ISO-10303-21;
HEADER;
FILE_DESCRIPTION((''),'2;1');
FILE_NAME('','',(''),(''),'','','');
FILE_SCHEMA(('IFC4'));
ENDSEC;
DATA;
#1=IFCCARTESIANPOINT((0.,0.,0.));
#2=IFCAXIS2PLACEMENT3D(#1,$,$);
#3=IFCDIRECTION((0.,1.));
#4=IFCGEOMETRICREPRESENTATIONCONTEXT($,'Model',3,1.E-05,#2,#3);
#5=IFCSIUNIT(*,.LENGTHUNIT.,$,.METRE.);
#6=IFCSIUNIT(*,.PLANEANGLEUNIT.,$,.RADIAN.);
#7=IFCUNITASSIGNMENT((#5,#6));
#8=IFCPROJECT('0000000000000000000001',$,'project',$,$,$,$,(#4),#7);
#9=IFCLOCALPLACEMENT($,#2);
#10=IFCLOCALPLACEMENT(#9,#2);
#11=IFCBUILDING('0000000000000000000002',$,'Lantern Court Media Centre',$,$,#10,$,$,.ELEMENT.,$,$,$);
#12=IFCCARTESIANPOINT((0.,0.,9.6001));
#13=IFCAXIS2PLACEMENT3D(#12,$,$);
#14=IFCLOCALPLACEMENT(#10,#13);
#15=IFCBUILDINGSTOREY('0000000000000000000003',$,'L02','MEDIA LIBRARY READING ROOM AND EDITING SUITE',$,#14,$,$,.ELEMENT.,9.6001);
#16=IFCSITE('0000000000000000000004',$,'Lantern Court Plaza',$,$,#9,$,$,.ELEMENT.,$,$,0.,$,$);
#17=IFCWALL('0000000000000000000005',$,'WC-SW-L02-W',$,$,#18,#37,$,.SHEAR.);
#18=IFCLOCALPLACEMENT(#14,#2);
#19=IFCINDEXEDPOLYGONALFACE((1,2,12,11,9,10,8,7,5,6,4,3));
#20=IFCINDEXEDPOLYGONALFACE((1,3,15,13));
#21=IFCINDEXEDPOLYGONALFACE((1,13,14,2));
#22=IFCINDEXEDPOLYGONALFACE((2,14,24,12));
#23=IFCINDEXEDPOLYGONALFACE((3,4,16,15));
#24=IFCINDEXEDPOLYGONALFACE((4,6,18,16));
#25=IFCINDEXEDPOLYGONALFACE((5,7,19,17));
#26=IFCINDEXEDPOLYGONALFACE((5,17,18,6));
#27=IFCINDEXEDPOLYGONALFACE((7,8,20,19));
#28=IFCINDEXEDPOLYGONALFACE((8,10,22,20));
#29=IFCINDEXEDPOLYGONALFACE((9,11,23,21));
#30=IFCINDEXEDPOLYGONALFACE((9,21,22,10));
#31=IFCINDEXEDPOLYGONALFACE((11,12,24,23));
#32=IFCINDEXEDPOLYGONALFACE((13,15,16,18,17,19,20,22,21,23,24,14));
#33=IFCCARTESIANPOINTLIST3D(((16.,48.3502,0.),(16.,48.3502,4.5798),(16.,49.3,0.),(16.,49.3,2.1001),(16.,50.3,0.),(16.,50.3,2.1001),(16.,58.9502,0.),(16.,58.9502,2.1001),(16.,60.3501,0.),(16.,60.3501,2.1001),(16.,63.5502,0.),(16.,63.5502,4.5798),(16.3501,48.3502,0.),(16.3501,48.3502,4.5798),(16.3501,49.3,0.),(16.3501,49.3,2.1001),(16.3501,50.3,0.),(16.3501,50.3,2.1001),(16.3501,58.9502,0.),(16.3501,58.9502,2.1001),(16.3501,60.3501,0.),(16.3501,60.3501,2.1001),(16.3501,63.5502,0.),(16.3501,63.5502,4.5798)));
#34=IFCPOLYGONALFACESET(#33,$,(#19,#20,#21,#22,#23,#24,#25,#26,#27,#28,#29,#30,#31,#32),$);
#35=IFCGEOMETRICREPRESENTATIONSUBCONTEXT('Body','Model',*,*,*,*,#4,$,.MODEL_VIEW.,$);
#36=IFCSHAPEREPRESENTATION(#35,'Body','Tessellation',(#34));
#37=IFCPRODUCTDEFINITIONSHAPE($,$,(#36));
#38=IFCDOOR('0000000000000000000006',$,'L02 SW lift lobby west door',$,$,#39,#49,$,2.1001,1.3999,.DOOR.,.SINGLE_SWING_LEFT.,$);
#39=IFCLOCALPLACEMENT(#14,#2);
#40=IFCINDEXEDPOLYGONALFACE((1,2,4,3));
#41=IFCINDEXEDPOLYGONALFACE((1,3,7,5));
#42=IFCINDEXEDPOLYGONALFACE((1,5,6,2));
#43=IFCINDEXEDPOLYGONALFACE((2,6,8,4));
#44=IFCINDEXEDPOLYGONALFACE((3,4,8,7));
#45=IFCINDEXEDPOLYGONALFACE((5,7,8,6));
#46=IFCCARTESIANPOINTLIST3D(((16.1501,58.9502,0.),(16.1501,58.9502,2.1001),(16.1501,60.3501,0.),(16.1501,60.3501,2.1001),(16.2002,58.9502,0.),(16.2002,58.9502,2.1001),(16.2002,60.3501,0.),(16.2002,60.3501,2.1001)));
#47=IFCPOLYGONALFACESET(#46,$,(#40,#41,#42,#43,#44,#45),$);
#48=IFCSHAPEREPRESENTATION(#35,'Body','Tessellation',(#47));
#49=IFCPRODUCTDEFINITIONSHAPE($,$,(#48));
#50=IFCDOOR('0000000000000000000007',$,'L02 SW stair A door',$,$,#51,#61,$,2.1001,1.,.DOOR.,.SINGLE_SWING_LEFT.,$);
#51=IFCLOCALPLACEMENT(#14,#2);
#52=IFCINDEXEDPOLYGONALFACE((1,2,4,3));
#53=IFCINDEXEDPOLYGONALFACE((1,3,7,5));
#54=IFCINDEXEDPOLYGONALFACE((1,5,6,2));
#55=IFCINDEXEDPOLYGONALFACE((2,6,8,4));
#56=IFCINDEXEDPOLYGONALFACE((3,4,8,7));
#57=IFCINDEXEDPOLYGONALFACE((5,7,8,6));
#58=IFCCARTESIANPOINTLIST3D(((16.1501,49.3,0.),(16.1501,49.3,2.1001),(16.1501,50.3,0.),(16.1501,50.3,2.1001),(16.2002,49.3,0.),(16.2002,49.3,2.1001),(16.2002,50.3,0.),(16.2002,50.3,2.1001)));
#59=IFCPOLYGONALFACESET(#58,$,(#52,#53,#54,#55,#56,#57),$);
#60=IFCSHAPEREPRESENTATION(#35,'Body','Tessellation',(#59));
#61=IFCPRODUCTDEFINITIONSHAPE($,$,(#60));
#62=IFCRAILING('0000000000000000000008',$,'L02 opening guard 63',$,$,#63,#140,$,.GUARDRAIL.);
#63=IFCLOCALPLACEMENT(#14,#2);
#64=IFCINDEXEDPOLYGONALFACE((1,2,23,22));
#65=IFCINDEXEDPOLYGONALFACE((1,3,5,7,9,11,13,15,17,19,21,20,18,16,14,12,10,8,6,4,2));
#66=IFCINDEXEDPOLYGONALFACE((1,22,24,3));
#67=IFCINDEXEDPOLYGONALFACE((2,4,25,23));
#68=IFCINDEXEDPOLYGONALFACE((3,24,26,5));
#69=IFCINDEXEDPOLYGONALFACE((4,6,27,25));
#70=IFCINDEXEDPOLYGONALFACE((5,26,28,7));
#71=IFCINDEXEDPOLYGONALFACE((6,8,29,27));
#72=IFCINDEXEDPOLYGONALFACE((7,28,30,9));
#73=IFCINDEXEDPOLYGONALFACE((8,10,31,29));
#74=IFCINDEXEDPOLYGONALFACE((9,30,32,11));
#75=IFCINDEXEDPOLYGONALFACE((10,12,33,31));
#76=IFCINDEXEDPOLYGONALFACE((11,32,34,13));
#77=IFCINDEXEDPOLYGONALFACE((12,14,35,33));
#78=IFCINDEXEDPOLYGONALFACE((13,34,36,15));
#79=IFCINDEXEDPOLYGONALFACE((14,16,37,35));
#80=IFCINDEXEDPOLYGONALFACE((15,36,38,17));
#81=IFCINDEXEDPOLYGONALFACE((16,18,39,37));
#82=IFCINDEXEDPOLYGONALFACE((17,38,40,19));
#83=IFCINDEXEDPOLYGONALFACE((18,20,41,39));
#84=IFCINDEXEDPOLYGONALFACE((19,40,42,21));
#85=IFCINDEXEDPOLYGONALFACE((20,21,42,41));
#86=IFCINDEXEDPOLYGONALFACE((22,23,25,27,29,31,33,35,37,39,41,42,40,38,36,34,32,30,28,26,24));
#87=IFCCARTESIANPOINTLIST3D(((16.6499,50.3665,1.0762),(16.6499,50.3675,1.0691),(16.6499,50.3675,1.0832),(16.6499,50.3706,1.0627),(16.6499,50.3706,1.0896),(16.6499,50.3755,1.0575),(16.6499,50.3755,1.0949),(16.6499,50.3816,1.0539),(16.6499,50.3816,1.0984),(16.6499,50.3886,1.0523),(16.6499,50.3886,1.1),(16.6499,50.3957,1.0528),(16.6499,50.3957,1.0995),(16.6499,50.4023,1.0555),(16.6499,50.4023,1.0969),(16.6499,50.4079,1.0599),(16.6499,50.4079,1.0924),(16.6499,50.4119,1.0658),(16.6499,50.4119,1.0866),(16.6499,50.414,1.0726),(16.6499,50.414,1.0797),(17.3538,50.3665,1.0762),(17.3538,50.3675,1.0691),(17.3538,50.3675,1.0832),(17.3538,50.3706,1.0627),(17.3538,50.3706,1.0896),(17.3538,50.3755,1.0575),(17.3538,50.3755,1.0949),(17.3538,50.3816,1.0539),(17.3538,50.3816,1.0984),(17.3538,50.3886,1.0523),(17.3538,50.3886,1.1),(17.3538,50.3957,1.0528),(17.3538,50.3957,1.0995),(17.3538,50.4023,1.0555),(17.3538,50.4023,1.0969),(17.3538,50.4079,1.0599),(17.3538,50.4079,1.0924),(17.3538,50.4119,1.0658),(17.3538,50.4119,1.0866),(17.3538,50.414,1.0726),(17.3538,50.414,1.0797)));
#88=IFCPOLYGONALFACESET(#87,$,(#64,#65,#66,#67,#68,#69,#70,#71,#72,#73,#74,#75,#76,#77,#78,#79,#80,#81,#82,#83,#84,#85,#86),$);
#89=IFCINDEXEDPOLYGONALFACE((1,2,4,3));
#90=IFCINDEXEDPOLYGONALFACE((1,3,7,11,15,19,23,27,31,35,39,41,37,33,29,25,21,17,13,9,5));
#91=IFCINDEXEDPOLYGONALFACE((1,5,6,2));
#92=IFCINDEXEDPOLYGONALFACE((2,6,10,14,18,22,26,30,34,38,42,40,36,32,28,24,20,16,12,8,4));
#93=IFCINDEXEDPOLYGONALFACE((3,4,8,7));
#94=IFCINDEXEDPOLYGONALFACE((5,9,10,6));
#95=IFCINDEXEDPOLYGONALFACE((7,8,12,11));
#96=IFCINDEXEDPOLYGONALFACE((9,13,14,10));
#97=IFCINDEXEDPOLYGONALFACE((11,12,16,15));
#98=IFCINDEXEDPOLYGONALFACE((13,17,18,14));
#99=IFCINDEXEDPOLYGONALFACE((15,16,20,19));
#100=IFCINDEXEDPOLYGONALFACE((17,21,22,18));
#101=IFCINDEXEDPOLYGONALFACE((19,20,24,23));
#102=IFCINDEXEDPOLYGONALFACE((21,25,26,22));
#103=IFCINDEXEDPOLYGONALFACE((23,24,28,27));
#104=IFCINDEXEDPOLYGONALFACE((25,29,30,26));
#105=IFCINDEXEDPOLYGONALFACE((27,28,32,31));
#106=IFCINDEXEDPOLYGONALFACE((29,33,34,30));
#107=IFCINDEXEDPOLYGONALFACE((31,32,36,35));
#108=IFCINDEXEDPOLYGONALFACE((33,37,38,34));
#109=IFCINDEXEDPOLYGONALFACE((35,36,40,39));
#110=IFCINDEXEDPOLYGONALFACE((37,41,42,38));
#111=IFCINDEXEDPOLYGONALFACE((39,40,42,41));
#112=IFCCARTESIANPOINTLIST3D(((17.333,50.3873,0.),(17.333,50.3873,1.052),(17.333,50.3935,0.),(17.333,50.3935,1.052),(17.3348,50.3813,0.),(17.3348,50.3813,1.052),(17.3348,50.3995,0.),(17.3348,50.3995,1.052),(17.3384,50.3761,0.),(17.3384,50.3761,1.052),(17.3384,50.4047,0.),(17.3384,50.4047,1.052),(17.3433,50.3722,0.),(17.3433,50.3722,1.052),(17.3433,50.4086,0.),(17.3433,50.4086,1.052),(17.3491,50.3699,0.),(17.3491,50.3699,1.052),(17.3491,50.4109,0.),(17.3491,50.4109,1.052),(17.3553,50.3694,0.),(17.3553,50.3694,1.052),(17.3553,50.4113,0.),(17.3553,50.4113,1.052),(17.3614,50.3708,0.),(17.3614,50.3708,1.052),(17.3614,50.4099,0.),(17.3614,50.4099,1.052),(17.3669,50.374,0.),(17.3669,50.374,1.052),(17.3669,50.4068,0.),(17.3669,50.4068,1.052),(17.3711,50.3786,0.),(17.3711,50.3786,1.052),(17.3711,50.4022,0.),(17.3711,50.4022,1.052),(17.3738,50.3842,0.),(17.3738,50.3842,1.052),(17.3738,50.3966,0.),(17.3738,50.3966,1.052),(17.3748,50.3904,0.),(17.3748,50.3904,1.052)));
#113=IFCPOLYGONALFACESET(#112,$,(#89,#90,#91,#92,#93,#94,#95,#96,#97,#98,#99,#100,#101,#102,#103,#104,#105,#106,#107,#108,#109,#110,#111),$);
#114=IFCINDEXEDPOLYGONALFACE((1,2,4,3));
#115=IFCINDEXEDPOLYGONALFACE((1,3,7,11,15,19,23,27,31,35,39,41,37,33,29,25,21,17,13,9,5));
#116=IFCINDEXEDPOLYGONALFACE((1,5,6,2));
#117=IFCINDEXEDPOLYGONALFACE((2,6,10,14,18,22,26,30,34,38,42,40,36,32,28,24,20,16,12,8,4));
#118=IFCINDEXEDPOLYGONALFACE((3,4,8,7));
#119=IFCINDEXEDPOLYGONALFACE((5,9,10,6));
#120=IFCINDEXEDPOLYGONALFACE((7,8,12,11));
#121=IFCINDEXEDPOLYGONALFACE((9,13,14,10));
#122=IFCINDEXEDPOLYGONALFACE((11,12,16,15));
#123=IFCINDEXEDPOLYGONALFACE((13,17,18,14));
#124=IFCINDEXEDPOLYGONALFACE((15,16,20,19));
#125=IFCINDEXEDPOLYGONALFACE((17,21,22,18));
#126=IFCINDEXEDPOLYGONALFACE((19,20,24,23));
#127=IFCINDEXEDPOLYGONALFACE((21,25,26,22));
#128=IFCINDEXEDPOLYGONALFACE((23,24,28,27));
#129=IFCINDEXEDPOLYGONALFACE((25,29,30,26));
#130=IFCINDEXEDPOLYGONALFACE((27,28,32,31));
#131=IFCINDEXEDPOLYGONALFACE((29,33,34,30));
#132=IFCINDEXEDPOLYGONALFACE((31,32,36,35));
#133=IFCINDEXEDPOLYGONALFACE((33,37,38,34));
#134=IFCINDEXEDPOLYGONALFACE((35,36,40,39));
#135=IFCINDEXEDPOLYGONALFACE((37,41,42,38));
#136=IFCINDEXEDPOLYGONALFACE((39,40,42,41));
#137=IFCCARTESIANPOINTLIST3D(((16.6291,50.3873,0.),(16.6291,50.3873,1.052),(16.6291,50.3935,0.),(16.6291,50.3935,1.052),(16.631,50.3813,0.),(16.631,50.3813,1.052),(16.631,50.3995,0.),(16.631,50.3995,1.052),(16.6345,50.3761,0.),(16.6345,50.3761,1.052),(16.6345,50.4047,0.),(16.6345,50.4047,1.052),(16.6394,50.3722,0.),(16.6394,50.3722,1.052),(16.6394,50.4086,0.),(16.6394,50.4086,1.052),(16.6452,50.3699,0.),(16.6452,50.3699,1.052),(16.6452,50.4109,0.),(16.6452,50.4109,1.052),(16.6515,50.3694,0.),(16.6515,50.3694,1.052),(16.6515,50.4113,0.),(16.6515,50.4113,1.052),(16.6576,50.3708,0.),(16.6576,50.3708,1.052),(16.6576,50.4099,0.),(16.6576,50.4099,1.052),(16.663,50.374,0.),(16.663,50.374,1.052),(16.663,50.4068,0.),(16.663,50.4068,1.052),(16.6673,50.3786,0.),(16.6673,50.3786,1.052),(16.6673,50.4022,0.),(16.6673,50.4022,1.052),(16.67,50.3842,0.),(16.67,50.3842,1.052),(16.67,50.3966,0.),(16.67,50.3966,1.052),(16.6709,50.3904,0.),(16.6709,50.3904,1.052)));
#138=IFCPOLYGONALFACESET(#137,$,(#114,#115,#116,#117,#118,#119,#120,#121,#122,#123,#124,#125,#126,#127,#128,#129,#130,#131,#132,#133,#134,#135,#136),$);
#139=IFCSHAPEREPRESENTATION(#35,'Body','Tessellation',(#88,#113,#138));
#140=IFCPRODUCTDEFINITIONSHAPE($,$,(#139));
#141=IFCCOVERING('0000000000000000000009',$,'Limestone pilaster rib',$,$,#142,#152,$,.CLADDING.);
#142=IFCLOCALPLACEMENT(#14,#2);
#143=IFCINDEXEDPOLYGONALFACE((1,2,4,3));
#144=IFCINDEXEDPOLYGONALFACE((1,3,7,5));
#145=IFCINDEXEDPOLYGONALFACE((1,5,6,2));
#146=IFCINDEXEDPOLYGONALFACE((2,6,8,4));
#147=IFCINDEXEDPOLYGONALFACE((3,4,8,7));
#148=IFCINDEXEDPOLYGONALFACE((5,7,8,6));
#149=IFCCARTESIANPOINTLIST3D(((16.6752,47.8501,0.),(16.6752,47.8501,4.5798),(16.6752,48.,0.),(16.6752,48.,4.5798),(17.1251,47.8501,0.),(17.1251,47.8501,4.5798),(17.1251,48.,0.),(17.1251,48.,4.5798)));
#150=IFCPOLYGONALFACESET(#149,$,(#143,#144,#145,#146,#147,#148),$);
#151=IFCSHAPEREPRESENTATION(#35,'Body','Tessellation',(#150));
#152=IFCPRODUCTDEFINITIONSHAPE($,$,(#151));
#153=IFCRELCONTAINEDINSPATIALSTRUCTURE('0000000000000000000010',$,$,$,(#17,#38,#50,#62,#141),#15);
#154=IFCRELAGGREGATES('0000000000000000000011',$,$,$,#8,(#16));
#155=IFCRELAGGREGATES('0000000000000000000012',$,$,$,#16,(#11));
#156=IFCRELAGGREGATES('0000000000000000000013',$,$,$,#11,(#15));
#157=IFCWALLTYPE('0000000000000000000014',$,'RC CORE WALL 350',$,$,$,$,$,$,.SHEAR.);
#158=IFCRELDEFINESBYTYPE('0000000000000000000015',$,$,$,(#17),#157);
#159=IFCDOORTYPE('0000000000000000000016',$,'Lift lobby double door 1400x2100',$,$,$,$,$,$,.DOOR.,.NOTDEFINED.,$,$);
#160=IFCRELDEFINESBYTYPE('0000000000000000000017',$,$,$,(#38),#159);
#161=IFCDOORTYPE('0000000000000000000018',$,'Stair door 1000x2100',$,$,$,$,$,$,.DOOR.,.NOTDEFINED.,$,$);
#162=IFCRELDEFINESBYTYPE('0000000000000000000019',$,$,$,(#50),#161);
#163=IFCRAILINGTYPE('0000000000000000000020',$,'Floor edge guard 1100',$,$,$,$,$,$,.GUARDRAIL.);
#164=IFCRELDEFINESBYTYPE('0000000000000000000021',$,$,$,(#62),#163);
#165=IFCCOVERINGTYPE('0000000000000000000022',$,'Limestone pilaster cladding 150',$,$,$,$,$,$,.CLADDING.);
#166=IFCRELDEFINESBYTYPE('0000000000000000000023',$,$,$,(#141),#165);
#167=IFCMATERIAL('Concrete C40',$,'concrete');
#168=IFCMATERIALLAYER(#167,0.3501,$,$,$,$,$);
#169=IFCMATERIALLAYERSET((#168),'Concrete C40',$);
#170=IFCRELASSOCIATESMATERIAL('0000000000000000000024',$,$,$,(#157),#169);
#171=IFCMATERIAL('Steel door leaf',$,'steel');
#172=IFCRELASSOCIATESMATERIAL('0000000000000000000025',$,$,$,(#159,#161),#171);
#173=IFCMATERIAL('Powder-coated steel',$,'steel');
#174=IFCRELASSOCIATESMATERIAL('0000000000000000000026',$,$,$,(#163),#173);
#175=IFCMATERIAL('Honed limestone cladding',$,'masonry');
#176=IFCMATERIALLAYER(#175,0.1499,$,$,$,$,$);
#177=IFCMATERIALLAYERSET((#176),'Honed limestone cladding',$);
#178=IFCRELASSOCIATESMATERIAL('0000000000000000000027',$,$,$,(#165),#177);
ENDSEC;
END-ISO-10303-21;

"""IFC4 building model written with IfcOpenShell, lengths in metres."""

from ifc_helpers import new_model, si_unit, direction, frame, frame_2d, origin, origin_2d, place, context, subcontext, project, spatial, rectangle, circle, extrude, material, layer, layer_set, type_object, element, fill, save


model = new_model("IFC4")

# Units and contexts
model_context = context("Model", 3, precision=1e-05, world=origin(), true_north=direction((0.0, 1.0)))
body_context = subcontext(model_context, "Body", "Model", "MODEL_VIEW")
ifc_project = project(units=[si_unit("LENGTHUNIT", "METRE"), si_unit("PLANEANGLEUNIT", "RADIAN")], contexts=[model_context])

# Site, building, storey
site_placement = place(None, origin())
site = spatial("IfcSite", under=ifc_project, at=site_placement, Name="Lantern Court Plaza", CompositionType="ELEMENT", RefElevation=0.0)
building_placement = place(site_placement, origin())
building = spatial("IfcBuilding", under=site, at=building_placement, Name="Lantern Court Media Centre", CompositionType="ELEMENT")
storey_placement = place(building_placement, frame((0.0, 0.0, 9.6001)))
storey = spatial("IfcBuildingStorey", under=building, at=storey_placement, Name="L02", Description="MEDIA LIBRARY READING ROOM AND EDITING SUITE", CompositionType="ELEMENT", Elevation=9.6001)

# Shared definitions
ifc_material_1 = material(Name="Concrete C40", Category="concrete")
ifc_layer_1 = layer(ifc_material_1, 0.3501)
ifc_layer_set_1 = layer_set([ifc_layer_1], Name="Concrete C40")
wall_type_1 = type_object("IfcWallType", Name="RC CORE WALL 350", PredefinedType="SHEAR", material=ifc_layer_set_1)

# Wall, openings, doors
wall_1_placement = place(storey_placement, frame((16.175, 48.3501, 0.0), z_axis=(0.0, 0.0, 1.0), x_axis=(0.0, 1.0, 0.0)))
wall_1 = element("IfcWall", 1, at=wall_1_placement, inside=storey, type_object=wall_type_1, Name="WC-SW-L02-W", PredefinedType="SHEAR", context=body_context, shape_type="SweptSolid", body=[
    extrude(rectangle(XDim=15.2, YDim=0.3501, at=frame_2d((7.6001, 0.0))), origin(), (0.0, 0.0, 1.0), 4.5798),
])
opening_1_placement = place(wall_1_placement, frame((0.95, 0.0, 0.0)))
opening_1 = element("IfcOpeningElement", 2, at=opening_1_placement, cuts=wall_1, PredefinedType="OPENING", context=body_context, shape_type="SweptSolid", body=[
    extrude(rectangle(XDim=1.0, YDim=2.1001, at=frame_2d((0.5, 1.05))), frame((0.0, 0.1851, 0.0), z_axis=(0.0, -1.0, 0.0), x_axis=(1.0, 0.0, 0.0)), (0.0, 0.0, 1.0), 0.3701),
])
opening_2_placement = place(wall_1_placement, frame((10.6001, 0.0, 0.0)))
opening_2 = element("IfcOpeningElement", 3, at=opening_2_placement, cuts=wall_1, PredefinedType="OPENING", context=body_context, shape_type="SweptSolid", body=[
    extrude(rectangle(XDim=1.3999, YDim=2.1001, at=frame_2d((0.7, 1.05))), frame((0.0, 0.1851, 0.0), z_axis=(0.0, -1.0, 0.0), x_axis=(1.0, 0.0, 0.0)), (0.0, 0.0, 1.0), 0.3701),
])
ifc_material_2 = material(Name="Steel door leaf", Category="steel")
door_type_1 = type_object("IfcDoorType", Name="Lift lobby double door 1400x2100", OperationType="NOTDEFINED", PredefinedType="DOOR", material=ifc_material_2)
door_1_placement = place(opening_2_placement, origin())
door_1 = element("IfcDoor", 4, at=door_1_placement, inside=storey, type_object=door_type_1, Name="L02 SW lift lobby west door", OperationType="SINGLE_SWING_LEFT", OverallHeight=2.1001, OverallWidth=1.3999, PredefinedType="DOOR", context=body_context, shape_type="SweptSolid", body=[
    extrude(rectangle(XDim=1.3999, YDim=2.1001, at=frame_2d((0.7, 1.05))), frame((0.0, 0.0249, 0.0), z_axis=(0.0, -1.0, 0.0), x_axis=(1.0, 0.0, 0.0)), (0.0, 0.0, 1.0), 0.05),
])
fill(opening_2, door_1)
door_type_2 = type_object("IfcDoorType", Name="Stair door 1000x2100", OperationType="NOTDEFINED", PredefinedType="DOOR", material=ifc_material_2)
door_2_placement = place(opening_1_placement, origin())
door_2 = element("IfcDoor", 5, at=door_2_placement, inside=storey, type_object=door_type_2, Name="L02 SW stair A door", OperationType="SINGLE_SWING_LEFT", OverallHeight=2.1001, OverallWidth=1.0, PredefinedType="DOOR", context=body_context, shape_type="SweptSolid", body=[
    extrude(rectangle(XDim=1.0, YDim=2.1001, at=frame_2d((0.5, 1.05))), frame((0.0, 0.0249, 0.0), z_axis=(0.0, -1.0, 0.0), x_axis=(1.0, 0.0, 0.0)), (0.0, 0.0, 1.0), 0.05),
])
fill(opening_1, door_2)

# Railing
ifc_material_3 = material(Name="Powder-coated steel", Category="steel")
railing_type_1 = type_object("IfcRailingType", Name="Floor edge guard 1100", PredefinedType="GUARDRAIL", material=ifc_material_3)
railing_1_placement = place(storey_placement, frame((17.3538, 50.3904, 0.0)))
element("IfcRailing", 6, at=railing_1_placement, inside=storey, type_object=railing_type_1, Name="L02 opening guard 63", PredefinedType="GUARDRAIL", context=body_context, shape_type="SweptSolid", body=[
    extrude(circle(Radius=0.0239, at=origin_2d()), frame((0.0, 0.0, 1.0762), z_axis=(-1.0, 0.0, 0.0), x_axis=(0.0, -1.0, 0.0)), (0.0, 0.0, 1.0), 0.7039),
    extrude(circle(Radius=0.021, at=origin_2d()), origin(), (0.0, 0.0, 1.0), 1.052),
    extrude(circle(Radius=0.021, at=origin_2d()), frame((-0.7039, 0.0, 0.0)), (0.0, 0.0, 1.0), 1.052),
])

# Covering
ifc_material_4 = material(Name="Honed limestone cladding", Category="masonry")
ifc_layer_2 = layer(ifc_material_4, 0.1499)
ifc_layer_set_2 = layer_set([ifc_layer_2], Name="Honed limestone cladding")
covering_type = type_object("IfcCoveringType", Name="Limestone pilaster cladding 150", PredefinedType="CLADDING", material=ifc_layer_set_2)
covering_placement = place(storey_placement, frame((16.675, 47.925, 0.0), z_axis=(0.0, 0.0, 1.0), x_axis=(1.0, 0.0, 0.0)))
element("IfcCovering", 7, at=covering_placement, inside=storey, type_object=covering_type, Name="Limestone pilaster rib", PredefinedType="CLADDING", context=body_context, shape_type="SweptSolid", body=[
    extrude(rectangle(XDim=0.45, YDim=0.1499, at=frame_2d((0.2251, 0.0))), origin(), (0.0, 0.0, 1.0), 4.5798),
])

save(model, "model.ifc")
